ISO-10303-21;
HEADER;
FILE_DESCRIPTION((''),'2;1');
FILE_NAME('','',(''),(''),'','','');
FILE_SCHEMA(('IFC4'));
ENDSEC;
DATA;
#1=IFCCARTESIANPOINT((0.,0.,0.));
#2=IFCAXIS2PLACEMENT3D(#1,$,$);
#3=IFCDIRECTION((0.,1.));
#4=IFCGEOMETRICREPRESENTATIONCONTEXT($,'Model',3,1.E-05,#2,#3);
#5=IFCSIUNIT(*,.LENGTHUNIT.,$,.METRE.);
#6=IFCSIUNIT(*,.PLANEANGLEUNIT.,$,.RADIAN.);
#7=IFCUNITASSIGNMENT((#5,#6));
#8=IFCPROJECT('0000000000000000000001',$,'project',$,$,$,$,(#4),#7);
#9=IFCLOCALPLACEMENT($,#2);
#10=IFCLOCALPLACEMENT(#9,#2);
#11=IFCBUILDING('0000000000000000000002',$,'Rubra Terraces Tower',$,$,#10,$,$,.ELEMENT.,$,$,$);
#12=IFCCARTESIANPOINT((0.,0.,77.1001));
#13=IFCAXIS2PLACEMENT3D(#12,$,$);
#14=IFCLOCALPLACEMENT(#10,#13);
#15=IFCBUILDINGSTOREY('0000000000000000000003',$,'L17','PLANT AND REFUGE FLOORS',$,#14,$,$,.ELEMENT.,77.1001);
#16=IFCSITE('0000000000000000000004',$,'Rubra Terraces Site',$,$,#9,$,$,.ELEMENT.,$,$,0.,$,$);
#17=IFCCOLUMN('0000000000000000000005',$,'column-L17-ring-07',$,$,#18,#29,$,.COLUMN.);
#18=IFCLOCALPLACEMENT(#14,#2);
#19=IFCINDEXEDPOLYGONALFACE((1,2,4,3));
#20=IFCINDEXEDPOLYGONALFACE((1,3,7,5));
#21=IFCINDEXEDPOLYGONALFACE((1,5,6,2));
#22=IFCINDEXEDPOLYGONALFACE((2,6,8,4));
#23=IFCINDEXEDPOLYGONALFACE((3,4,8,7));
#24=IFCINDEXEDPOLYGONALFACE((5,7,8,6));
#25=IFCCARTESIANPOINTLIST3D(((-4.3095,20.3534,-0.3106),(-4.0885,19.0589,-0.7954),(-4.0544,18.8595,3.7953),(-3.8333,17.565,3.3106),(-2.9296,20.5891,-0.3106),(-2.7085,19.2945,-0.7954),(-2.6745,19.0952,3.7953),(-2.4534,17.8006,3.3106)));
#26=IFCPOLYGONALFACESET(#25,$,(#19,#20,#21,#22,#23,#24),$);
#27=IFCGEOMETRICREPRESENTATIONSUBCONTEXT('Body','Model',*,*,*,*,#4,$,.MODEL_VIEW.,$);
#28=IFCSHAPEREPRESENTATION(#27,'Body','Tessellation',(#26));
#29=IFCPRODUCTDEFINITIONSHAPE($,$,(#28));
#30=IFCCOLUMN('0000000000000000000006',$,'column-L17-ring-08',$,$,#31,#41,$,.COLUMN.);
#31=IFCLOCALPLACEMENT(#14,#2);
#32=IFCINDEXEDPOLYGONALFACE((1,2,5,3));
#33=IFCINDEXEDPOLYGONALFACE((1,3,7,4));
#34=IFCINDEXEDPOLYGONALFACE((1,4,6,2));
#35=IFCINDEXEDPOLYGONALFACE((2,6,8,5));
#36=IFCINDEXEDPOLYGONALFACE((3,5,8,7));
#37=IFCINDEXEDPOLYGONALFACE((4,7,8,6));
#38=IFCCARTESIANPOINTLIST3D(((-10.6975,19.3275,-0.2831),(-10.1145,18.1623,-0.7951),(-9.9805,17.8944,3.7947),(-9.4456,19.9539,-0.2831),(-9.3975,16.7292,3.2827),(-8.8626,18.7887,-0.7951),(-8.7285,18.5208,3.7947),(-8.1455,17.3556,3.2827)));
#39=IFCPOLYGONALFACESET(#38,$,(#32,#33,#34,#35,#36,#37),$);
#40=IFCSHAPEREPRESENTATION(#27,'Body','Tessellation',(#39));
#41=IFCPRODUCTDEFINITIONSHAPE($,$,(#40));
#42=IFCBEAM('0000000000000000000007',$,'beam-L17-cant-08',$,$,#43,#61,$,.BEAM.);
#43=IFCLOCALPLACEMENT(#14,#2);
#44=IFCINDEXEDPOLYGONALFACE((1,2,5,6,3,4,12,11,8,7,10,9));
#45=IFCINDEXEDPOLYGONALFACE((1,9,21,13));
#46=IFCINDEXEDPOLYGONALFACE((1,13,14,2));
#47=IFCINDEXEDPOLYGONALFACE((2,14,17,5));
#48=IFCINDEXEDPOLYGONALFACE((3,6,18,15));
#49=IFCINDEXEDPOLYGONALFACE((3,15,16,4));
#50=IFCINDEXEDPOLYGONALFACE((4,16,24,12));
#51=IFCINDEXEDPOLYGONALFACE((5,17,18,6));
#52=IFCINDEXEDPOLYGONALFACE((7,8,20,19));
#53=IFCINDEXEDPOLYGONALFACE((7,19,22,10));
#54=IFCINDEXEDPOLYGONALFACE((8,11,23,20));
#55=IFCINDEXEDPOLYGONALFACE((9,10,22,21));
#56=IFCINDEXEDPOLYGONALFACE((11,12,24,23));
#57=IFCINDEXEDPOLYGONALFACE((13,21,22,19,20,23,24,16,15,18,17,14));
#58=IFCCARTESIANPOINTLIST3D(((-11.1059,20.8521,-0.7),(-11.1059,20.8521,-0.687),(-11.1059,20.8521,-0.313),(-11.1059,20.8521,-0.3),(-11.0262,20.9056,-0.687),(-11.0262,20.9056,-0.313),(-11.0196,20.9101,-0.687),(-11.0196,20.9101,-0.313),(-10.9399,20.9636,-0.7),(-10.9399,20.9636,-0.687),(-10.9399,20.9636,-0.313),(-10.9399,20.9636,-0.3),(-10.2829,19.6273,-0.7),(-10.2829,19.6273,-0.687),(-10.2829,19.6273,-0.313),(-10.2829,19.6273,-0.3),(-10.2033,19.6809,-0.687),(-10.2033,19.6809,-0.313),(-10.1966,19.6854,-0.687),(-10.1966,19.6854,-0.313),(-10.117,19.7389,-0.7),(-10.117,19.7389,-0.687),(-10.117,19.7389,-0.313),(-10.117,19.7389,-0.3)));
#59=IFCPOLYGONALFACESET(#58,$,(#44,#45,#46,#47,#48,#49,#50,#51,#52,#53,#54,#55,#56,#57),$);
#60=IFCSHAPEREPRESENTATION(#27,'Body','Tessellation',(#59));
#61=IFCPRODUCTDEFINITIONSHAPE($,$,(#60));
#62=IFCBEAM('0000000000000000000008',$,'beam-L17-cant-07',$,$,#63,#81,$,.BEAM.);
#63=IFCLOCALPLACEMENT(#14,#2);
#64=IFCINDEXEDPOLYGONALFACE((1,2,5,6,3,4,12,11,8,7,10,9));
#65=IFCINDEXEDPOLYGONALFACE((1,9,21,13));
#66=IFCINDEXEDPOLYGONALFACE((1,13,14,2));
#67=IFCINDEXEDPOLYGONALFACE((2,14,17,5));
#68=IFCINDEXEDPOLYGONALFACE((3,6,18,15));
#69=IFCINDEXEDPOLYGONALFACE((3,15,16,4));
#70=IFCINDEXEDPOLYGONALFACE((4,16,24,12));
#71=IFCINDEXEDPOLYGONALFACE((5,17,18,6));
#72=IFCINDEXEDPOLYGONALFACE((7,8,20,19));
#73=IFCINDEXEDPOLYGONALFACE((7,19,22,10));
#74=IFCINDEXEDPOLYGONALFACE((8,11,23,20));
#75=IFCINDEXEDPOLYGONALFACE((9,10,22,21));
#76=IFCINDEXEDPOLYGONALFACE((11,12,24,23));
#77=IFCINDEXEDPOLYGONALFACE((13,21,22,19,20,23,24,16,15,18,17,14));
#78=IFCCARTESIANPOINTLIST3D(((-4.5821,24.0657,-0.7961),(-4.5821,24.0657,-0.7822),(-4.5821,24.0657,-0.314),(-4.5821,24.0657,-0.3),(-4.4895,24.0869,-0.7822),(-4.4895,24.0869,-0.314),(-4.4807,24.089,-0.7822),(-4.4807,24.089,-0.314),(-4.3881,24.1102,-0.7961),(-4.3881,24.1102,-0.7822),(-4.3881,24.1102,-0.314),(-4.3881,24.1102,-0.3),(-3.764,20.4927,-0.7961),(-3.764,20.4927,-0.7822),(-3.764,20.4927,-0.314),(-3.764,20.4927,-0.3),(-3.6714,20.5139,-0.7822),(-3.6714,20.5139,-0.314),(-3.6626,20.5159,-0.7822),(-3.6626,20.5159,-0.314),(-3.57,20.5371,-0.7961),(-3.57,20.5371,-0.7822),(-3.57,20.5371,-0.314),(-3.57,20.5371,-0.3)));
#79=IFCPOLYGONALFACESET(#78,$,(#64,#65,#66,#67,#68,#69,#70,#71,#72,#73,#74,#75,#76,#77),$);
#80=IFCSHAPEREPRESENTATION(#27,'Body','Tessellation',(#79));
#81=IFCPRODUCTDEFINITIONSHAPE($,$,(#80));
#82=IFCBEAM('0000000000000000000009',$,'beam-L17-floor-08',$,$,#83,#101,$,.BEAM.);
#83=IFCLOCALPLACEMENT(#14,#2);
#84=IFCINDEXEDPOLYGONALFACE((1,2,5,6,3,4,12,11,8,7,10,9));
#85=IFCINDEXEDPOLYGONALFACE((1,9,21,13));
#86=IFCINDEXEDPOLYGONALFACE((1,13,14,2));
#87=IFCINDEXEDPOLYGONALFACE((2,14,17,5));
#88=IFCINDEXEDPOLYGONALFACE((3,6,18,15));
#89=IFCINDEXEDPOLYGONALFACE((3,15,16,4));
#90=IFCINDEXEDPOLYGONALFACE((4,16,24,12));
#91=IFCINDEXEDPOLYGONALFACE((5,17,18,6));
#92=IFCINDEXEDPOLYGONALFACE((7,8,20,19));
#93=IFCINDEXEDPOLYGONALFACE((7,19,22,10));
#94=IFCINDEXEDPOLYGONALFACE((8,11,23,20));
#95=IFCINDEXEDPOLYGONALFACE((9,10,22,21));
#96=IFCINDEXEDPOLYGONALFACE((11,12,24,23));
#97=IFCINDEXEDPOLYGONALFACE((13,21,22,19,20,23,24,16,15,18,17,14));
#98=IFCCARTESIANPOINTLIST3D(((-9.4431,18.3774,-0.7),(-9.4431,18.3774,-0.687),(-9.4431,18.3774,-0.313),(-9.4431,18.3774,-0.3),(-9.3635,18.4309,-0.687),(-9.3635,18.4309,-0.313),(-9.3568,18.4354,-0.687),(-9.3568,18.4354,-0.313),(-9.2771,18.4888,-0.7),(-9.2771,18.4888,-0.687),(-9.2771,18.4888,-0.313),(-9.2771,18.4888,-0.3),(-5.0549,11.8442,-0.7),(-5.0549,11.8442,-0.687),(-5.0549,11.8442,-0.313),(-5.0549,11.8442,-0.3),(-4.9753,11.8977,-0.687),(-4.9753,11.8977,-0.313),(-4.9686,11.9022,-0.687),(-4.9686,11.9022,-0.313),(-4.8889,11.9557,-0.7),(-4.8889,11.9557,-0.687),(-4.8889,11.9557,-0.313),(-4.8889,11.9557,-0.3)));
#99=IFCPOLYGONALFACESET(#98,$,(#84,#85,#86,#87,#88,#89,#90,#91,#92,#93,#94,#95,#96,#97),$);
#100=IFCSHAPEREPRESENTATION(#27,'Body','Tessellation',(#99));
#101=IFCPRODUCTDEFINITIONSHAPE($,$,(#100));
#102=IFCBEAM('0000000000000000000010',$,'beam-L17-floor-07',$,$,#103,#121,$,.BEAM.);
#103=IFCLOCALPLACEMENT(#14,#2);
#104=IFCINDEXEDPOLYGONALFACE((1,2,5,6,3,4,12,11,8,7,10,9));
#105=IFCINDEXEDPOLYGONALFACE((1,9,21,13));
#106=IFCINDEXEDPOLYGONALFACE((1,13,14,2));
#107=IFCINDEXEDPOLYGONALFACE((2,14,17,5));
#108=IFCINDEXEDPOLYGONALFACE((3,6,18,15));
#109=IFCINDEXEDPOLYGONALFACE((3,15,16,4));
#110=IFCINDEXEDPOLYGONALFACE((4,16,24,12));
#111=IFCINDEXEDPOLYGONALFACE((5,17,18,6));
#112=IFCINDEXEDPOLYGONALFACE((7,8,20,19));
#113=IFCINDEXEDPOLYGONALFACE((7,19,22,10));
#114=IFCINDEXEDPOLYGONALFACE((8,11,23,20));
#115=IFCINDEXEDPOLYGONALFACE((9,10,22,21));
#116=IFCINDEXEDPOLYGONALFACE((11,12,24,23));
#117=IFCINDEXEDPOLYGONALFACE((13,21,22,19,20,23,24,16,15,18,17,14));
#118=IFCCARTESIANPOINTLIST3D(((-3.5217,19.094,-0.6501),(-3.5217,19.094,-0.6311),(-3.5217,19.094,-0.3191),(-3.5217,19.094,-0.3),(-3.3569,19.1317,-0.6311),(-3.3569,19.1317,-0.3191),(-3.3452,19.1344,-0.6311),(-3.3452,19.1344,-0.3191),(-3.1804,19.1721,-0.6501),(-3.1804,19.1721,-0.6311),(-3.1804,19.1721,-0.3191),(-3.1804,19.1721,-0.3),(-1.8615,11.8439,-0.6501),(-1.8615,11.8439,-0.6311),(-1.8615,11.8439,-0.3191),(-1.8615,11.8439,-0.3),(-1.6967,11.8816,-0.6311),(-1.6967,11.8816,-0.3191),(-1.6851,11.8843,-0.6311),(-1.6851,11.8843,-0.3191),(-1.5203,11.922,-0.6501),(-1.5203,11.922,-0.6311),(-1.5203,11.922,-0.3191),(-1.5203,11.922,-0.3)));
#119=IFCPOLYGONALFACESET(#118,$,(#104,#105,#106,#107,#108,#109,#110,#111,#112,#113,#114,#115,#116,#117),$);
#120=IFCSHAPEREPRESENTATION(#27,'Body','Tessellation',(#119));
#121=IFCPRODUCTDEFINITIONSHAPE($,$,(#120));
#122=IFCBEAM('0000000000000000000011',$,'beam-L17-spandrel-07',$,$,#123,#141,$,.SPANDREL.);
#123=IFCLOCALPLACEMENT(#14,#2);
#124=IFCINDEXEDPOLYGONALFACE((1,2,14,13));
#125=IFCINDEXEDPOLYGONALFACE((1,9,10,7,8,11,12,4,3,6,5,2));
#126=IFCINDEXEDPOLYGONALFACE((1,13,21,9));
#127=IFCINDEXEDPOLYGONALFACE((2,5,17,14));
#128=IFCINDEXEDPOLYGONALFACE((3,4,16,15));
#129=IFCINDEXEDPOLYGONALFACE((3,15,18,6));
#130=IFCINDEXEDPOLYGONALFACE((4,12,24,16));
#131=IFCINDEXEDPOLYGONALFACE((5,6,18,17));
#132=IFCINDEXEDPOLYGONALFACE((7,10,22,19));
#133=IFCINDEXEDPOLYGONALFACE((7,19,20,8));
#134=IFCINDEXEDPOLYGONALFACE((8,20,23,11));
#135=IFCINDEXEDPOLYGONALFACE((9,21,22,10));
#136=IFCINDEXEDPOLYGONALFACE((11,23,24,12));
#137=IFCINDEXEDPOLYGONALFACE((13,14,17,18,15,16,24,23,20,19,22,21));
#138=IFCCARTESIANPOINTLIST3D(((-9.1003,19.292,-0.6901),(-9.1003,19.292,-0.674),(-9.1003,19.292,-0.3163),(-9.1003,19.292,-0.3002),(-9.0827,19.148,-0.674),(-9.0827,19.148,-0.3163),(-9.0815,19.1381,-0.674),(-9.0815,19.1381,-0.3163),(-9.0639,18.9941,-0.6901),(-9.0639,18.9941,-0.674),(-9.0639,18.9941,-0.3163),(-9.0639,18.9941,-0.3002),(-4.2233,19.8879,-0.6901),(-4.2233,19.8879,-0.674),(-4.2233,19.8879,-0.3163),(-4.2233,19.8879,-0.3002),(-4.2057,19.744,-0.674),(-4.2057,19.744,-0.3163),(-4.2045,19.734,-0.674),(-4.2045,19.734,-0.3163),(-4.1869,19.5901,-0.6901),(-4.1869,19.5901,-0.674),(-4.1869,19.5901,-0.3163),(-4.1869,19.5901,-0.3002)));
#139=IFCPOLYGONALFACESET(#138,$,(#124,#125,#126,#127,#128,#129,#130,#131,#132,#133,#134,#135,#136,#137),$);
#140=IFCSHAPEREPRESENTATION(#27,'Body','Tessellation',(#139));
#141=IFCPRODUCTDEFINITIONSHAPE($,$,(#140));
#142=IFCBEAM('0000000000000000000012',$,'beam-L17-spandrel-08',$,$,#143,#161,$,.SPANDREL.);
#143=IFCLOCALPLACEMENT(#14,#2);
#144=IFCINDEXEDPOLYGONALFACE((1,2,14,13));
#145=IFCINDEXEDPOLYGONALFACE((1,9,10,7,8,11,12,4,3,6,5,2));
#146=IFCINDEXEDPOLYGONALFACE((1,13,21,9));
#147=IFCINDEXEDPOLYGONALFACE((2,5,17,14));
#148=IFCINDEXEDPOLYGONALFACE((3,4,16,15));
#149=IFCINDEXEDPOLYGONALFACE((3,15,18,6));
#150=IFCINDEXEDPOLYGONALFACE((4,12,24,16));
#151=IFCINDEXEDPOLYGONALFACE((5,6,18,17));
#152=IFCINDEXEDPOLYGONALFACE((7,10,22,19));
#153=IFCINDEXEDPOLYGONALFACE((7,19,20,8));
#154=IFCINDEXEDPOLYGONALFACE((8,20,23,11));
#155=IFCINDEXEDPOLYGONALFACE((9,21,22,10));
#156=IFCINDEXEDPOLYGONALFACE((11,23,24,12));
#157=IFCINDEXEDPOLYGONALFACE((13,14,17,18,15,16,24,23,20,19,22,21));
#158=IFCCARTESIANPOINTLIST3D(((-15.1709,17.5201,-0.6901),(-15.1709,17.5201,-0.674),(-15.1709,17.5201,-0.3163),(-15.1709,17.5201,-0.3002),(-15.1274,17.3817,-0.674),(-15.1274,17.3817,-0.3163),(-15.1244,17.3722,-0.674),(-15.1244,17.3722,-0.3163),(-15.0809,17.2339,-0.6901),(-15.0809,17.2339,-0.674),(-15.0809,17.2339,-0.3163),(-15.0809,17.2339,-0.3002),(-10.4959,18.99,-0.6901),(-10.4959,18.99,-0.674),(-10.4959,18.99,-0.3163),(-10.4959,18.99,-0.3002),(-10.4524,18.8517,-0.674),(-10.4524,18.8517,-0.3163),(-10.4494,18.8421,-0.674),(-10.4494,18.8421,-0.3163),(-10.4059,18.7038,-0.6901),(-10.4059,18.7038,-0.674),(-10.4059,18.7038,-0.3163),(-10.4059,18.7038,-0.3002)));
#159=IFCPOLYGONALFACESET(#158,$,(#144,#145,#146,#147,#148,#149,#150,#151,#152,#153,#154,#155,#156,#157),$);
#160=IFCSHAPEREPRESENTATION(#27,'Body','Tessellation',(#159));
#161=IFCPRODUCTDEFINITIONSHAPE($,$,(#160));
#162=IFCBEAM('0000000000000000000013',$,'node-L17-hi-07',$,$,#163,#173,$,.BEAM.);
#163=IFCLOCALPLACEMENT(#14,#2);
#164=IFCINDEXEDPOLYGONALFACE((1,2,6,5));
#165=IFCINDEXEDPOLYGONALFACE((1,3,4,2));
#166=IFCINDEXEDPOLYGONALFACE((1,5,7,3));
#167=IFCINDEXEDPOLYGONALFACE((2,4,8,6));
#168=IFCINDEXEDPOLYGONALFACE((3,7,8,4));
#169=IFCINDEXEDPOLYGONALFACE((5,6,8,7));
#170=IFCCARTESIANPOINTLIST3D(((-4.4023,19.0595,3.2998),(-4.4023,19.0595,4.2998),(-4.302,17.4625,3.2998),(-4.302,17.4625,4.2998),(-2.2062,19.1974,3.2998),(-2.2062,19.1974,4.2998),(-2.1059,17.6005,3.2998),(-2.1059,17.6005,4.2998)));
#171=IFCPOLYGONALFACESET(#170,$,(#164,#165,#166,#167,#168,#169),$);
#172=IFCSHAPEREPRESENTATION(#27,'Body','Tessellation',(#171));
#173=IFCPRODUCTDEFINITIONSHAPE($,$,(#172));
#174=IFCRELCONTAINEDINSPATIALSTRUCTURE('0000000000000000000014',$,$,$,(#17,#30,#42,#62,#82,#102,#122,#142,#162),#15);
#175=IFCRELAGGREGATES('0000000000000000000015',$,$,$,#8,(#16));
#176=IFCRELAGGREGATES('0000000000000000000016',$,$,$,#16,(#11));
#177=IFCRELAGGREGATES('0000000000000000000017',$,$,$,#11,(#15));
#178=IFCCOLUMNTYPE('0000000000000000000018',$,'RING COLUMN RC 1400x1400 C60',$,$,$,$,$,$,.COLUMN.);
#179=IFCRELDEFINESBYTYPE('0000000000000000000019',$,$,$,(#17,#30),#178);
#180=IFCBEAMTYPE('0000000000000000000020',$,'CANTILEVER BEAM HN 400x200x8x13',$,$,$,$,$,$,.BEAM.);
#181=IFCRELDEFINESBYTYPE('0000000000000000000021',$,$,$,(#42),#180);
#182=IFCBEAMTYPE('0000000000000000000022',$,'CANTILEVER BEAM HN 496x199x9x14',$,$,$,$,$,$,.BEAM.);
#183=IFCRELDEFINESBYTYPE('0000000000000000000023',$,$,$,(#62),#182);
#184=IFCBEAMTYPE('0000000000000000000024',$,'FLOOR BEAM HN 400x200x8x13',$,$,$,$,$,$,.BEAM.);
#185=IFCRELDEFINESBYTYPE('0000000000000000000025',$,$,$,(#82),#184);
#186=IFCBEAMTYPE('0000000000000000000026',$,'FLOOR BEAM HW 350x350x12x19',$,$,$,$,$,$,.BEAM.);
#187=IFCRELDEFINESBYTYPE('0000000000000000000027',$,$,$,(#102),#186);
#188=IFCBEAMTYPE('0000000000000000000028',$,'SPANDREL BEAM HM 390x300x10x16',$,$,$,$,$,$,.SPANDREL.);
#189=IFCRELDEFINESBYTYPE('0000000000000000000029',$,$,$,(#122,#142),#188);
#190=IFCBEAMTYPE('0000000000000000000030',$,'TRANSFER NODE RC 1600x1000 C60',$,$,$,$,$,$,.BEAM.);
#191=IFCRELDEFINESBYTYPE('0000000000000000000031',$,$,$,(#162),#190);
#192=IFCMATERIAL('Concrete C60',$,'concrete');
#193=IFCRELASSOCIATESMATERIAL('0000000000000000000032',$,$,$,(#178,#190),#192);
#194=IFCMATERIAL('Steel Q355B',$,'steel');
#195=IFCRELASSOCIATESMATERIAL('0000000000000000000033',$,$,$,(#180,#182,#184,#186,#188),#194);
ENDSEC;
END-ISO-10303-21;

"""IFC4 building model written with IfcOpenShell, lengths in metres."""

from ifc_helpers import new_model, si_unit, direction, frame, origin, origin_2d, place, context, subcontext, project, spatial, rectangle, i_section, extrude, material, material_profile, profile_set, type_object, element, save


model = new_model("IFC4")

# Units and contexts
model_context = context("Model", 3, precision=1e-05, world=origin(), true_north=direction((0.0, 1.0)))
body_context = subcontext(model_context, "Body", "Model", "MODEL_VIEW")
ifc_project = project(units=[si_unit("LENGTHUNIT", "METRE"), si_unit("PLANEANGLEUNIT", "RADIAN")], contexts=[model_context])

# Site, building, storey
site_placement = place(None, origin())
site = spatial("IfcSite", under=ifc_project, at=site_placement, Name="Rubra Terraces Site", CompositionType="ELEMENT", RefElevation=0.0)
building_placement = place(site_placement, origin())
building = spatial("IfcBuilding", under=site, at=building_placement, Name="Rubra Terraces Tower", CompositionType="ELEMENT")
storey_placement = place(building_placement, frame((0.0, 0.0, 77.1001)))
storey = spatial("IfcBuildingStorey", under=building, at=storey_placement, Name="L17", Description="PLANT AND REFUGE FLOORS", CompositionType="ELEMENT", Elevation=77.1001)

# Columns
ifc_material_1 = material(Name="Concrete C60", Category="concrete")
ifc_material_profile_1 = material_profile(ifc_material_1, rectangle(XDim=1.3999, YDim=1.3999, at=origin_2d()), Name="RC 1400x1400")
ifc_profile_set_1 = profile_set([ifc_material_profile_1], Name="Concrete C60")
column_type = type_object("IfcColumnType", Name="RING COLUMN RC 1400x1400 C60", PredefinedType="COLUMN", material=ifc_profile_set_1)
column_1_placement = place(storey_placement, frame((-3.509, 19.824, -0.553), z_axis=(0.058292, -0.341328, 0.938135), x_axis=(0.985729, 0.168342, 0.0)))
element("IfcColumn", 1, at=column_1_placement, inside=storey, type_object=column_type, Name="column-L17-ring-07", PredefinedType="COLUMN", context=body_context, shape_type="SweptSolid", body=[
    extrude(rectangle(XDim=1.3999, YDim=1.3999, at=origin_2d()), origin(), (0.0, 0.0, 1.0), 4.3767),
])
column_2_placement = place(storey_placement, frame((-9.78, 19.0581, -0.5391), z_axis=(0.163654, -0.327085, 0.930716), x_axis=(0.894305, 0.447457, 0.0)))
element("IfcColumn", 2, at=column_2_placement, inside=storey, type_object=column_type, Name="column-L17-ring-08", PredefinedType="COLUMN", context=body_context, shape_type="SweptSolid", body=[
    extrude(rectangle(XDim=1.3999, YDim=1.3999, at=origin_2d()), origin(), (0.0, 0.0, 1.0), 4.3813),
])

# Beams
ifc_material_2 = material(Name="Steel Q355B", Category="steel")
ifc_material_profile_2 = material_profile(ifc_material_2, i_section(OverallWidth=0.2, OverallDepth=0.3999, WebThickness=0.0081, FlangeThickness=0.0129, at=origin_2d()), Name="HN 400x200x8x13")
ifc_profile_set_2 = profile_set([ifc_material_profile_2], Name="Steel Q355B")
beam_type_1 = type_object("IfcBeamType", Name="CANTILEVER BEAM HN 400x200x8x13", PredefinedType="BEAM", material=ifc_profile_set_2)
beam_1_placement = place(storey_placement, frame((-10.2, 19.6831, -0.5), z_axis=(-0.557713, 0.830034, 0.0), x_axis=(-0.830034, -0.557713, 0.0)))
element("IfcBeam", 3, at=beam_1_placement, inside=storey, type_object=beam_type_1, Name="beam-L17-cant-08", PredefinedType="BEAM", context=body_context, shape_type="SweptSolid", body=[
    extrude(i_section(OverallWidth=0.2, OverallDepth=0.3999, WebThickness=0.0081, FlangeThickness=0.0129, at=origin_2d()), origin(), (0.0, 0.0, 1.0), 1.4756),
])
ifc_material_profile_3 = material_profile(ifc_material_2, i_section(OverallWidth=0.199, OverallDepth=0.4961, WebThickness=0.009, FlangeThickness=0.0139, at=origin_2d()), Name="HN 496x199x9x14")
ifc_profile_set_3 = profile_set([ifc_material_profile_3], Name="Steel Q355B")
beam_type_2 = type_object("IfcBeamType", Name="CANTILEVER BEAM HN 496x199x9x14", PredefinedType="BEAM", material=ifc_profile_set_3)
beam_2_placement = place(storey_placement, frame((-3.667, 20.5149, -0.5481), z_axis=(-0.223196, 0.974774, 0.0), x_axis=(-0.974774, -0.223196, 0.0)))
element("IfcBeam", 4, at=beam_2_placement, inside=storey, type_object=beam_type_2, Name="beam-L17-cant-07", PredefinedType="BEAM", context=body_context, shape_type="SweptSolid", body=[
    extrude(i_section(OverallWidth=0.199, OverallDepth=0.4961, WebThickness=0.009, FlangeThickness=0.0139, at=origin_2d()), origin(), (0.0, 0.0, 1.0), 3.6655),
])
ifc_material_profile_4 = material_profile(ifc_material_2, i_section(OverallWidth=0.2, OverallDepth=0.3999, WebThickness=0.0081, FlangeThickness=0.0129, at=origin_2d()), Name="HN 400x200x8x13")
ifc_profile_set_4 = profile_set([ifc_material_profile_4], Name="Steel Q355B")
beam_type_3 = type_object("IfcBeamType", Name="FLOOR BEAM HN 400x200x8x13", PredefinedType="BEAM", material=ifc_profile_set_4)
beam_3_placement = place(storey_placement, frame((-9.3601, 18.4331, -0.5), z_axis=(0.557575, -0.830127, 0.0), x_axis=(0.830127, 0.557575, 0.0)))
element("IfcBeam", 5, at=beam_3_placement, inside=storey, type_object=beam_type_3, Name="beam-L17-floor-08", PredefinedType="BEAM", context=body_context, shape_type="SweptSolid", body=[
    extrude(i_section(OverallWidth=0.2, OverallDepth=0.3999, WebThickness=0.0081, FlangeThickness=0.0129, at=origin_2d()), origin(), (0.0, 0.0, 1.0), 7.8701),
])
ifc_material_profile_5 = material_profile(ifc_material_2, i_section(OverallWidth=0.3501, OverallDepth=0.3501, WebThickness=0.012, FlangeThickness=0.019, at=origin_2d()), Name="HW 350x350x12x19")
ifc_profile_set_5 = profile_set([ifc_material_profile_5], Name="Steel Q355B")
beam_type_4 = type_object("IfcBeamType", Name="FLOOR BEAM HW 350x350x12x19", PredefinedType="BEAM", material=ifc_profile_set_5)
beam_4_placement = place(storey_placement, frame((-3.3511, 19.1331, -0.4751), z_axis=(0.22321, -0.97477, 0.0), x_axis=(0.97477, 0.22321, 0.0)))
element("IfcBeam", 6, at=beam_4_placement, inside=storey, type_object=beam_type_4, Name="beam-L17-floor-07", PredefinedType="BEAM", context=body_context, shape_type="SweptSolid", body=[
    extrude(i_section(OverallWidth=0.3501, OverallDepth=0.3501, WebThickness=0.012, FlangeThickness=0.019, at=origin_2d()), origin(), (0.0, 0.0, 1.0), 7.4377),
])
ifc_material_profile_6 = material_profile(ifc_material_2, i_section(OverallWidth=0.3, OverallDepth=0.3899, WebThickness=0.01, FlangeThickness=0.0161, at=origin_2d()), Name="HM 390x300x10x16")
ifc_profile_set_6 = profile_set([ifc_material_profile_6], Name="Steel Q355B")
beam_type_5 = type_object("IfcBeamType", Name="SPANDREL BEAM HM 390x300x10x16", PredefinedType="SPANDREL", material=ifc_profile_set_6)
beam_5_placement = place(storey_placement, frame((-4.2051, 19.739, -0.4951), z_axis=(-0.992617, -0.121294, 0.0), x_axis=(0.121294, -0.992617, 0.0)))
element("IfcBeam", 7, at=beam_5_placement, inside=storey, type_object=beam_type_5, Name="beam-L17-spandrel-07", PredefinedType="SPANDREL", context=body_context, shape_type="SweptSolid", body=[
    extrude(i_section(OverallWidth=0.3, OverallDepth=0.3899, WebThickness=0.01, FlangeThickness=0.0161, at=origin_2d()), origin(), (0.0, 0.0, 1.0), 4.9133),
])
beam_6_placement = place(storey_placement, frame((-10.4509, 18.8469, -0.4951), z_axis=(-0.953955, -0.299951, 0.0), x_axis=(0.299951, -0.953955, 0.0)))
element("IfcBeam", 8, at=beam_6_placement, inside=storey, type_object=beam_type_5, Name="beam-L17-spandrel-08", PredefinedType="SPANDREL", context=body_context, shape_type="SweptSolid", body=[
    extrude(i_section(OverallWidth=0.3, OverallDepth=0.3899, WebThickness=0.01, FlangeThickness=0.0161, at=origin_2d()), origin(), (0.0, 0.0, 1.0), 4.9006),
])
ifc_material_profile_7 = material_profile(ifc_material_1, rectangle(XDim=1.6001, YDim=1.0, at=origin_2d()), Name="RC 1600x1000")
ifc_profile_set_7 = profile_set([ifc_material_profile_7], Name="Concrete C60")
beam_type_6 = type_object("IfcBeamType", Name="TRANSFER NODE RC 1600x1000 C60", PredefinedType="BEAM", material=ifc_profile_set_7)
beam_7_placement = place(storey_placement, frame((-2.156, 18.3989, 3.7998), z_axis=(-0.998033, -0.062689, 0.0), x_axis=(0.062689, -0.998033, 0.0)))
element("IfcBeam", 9, at=beam_7_placement, inside=storey, type_object=beam_type_6, Name="node-L17-hi-07", PredefinedType="BEAM", context=body_context, shape_type="SweptSolid", body=[
    extrude(rectangle(XDim=1.6001, YDim=1.0, at=origin_2d()), origin(), (0.0, 0.0, 1.0), 2.2004),
])

save(model, "model.ifc")
